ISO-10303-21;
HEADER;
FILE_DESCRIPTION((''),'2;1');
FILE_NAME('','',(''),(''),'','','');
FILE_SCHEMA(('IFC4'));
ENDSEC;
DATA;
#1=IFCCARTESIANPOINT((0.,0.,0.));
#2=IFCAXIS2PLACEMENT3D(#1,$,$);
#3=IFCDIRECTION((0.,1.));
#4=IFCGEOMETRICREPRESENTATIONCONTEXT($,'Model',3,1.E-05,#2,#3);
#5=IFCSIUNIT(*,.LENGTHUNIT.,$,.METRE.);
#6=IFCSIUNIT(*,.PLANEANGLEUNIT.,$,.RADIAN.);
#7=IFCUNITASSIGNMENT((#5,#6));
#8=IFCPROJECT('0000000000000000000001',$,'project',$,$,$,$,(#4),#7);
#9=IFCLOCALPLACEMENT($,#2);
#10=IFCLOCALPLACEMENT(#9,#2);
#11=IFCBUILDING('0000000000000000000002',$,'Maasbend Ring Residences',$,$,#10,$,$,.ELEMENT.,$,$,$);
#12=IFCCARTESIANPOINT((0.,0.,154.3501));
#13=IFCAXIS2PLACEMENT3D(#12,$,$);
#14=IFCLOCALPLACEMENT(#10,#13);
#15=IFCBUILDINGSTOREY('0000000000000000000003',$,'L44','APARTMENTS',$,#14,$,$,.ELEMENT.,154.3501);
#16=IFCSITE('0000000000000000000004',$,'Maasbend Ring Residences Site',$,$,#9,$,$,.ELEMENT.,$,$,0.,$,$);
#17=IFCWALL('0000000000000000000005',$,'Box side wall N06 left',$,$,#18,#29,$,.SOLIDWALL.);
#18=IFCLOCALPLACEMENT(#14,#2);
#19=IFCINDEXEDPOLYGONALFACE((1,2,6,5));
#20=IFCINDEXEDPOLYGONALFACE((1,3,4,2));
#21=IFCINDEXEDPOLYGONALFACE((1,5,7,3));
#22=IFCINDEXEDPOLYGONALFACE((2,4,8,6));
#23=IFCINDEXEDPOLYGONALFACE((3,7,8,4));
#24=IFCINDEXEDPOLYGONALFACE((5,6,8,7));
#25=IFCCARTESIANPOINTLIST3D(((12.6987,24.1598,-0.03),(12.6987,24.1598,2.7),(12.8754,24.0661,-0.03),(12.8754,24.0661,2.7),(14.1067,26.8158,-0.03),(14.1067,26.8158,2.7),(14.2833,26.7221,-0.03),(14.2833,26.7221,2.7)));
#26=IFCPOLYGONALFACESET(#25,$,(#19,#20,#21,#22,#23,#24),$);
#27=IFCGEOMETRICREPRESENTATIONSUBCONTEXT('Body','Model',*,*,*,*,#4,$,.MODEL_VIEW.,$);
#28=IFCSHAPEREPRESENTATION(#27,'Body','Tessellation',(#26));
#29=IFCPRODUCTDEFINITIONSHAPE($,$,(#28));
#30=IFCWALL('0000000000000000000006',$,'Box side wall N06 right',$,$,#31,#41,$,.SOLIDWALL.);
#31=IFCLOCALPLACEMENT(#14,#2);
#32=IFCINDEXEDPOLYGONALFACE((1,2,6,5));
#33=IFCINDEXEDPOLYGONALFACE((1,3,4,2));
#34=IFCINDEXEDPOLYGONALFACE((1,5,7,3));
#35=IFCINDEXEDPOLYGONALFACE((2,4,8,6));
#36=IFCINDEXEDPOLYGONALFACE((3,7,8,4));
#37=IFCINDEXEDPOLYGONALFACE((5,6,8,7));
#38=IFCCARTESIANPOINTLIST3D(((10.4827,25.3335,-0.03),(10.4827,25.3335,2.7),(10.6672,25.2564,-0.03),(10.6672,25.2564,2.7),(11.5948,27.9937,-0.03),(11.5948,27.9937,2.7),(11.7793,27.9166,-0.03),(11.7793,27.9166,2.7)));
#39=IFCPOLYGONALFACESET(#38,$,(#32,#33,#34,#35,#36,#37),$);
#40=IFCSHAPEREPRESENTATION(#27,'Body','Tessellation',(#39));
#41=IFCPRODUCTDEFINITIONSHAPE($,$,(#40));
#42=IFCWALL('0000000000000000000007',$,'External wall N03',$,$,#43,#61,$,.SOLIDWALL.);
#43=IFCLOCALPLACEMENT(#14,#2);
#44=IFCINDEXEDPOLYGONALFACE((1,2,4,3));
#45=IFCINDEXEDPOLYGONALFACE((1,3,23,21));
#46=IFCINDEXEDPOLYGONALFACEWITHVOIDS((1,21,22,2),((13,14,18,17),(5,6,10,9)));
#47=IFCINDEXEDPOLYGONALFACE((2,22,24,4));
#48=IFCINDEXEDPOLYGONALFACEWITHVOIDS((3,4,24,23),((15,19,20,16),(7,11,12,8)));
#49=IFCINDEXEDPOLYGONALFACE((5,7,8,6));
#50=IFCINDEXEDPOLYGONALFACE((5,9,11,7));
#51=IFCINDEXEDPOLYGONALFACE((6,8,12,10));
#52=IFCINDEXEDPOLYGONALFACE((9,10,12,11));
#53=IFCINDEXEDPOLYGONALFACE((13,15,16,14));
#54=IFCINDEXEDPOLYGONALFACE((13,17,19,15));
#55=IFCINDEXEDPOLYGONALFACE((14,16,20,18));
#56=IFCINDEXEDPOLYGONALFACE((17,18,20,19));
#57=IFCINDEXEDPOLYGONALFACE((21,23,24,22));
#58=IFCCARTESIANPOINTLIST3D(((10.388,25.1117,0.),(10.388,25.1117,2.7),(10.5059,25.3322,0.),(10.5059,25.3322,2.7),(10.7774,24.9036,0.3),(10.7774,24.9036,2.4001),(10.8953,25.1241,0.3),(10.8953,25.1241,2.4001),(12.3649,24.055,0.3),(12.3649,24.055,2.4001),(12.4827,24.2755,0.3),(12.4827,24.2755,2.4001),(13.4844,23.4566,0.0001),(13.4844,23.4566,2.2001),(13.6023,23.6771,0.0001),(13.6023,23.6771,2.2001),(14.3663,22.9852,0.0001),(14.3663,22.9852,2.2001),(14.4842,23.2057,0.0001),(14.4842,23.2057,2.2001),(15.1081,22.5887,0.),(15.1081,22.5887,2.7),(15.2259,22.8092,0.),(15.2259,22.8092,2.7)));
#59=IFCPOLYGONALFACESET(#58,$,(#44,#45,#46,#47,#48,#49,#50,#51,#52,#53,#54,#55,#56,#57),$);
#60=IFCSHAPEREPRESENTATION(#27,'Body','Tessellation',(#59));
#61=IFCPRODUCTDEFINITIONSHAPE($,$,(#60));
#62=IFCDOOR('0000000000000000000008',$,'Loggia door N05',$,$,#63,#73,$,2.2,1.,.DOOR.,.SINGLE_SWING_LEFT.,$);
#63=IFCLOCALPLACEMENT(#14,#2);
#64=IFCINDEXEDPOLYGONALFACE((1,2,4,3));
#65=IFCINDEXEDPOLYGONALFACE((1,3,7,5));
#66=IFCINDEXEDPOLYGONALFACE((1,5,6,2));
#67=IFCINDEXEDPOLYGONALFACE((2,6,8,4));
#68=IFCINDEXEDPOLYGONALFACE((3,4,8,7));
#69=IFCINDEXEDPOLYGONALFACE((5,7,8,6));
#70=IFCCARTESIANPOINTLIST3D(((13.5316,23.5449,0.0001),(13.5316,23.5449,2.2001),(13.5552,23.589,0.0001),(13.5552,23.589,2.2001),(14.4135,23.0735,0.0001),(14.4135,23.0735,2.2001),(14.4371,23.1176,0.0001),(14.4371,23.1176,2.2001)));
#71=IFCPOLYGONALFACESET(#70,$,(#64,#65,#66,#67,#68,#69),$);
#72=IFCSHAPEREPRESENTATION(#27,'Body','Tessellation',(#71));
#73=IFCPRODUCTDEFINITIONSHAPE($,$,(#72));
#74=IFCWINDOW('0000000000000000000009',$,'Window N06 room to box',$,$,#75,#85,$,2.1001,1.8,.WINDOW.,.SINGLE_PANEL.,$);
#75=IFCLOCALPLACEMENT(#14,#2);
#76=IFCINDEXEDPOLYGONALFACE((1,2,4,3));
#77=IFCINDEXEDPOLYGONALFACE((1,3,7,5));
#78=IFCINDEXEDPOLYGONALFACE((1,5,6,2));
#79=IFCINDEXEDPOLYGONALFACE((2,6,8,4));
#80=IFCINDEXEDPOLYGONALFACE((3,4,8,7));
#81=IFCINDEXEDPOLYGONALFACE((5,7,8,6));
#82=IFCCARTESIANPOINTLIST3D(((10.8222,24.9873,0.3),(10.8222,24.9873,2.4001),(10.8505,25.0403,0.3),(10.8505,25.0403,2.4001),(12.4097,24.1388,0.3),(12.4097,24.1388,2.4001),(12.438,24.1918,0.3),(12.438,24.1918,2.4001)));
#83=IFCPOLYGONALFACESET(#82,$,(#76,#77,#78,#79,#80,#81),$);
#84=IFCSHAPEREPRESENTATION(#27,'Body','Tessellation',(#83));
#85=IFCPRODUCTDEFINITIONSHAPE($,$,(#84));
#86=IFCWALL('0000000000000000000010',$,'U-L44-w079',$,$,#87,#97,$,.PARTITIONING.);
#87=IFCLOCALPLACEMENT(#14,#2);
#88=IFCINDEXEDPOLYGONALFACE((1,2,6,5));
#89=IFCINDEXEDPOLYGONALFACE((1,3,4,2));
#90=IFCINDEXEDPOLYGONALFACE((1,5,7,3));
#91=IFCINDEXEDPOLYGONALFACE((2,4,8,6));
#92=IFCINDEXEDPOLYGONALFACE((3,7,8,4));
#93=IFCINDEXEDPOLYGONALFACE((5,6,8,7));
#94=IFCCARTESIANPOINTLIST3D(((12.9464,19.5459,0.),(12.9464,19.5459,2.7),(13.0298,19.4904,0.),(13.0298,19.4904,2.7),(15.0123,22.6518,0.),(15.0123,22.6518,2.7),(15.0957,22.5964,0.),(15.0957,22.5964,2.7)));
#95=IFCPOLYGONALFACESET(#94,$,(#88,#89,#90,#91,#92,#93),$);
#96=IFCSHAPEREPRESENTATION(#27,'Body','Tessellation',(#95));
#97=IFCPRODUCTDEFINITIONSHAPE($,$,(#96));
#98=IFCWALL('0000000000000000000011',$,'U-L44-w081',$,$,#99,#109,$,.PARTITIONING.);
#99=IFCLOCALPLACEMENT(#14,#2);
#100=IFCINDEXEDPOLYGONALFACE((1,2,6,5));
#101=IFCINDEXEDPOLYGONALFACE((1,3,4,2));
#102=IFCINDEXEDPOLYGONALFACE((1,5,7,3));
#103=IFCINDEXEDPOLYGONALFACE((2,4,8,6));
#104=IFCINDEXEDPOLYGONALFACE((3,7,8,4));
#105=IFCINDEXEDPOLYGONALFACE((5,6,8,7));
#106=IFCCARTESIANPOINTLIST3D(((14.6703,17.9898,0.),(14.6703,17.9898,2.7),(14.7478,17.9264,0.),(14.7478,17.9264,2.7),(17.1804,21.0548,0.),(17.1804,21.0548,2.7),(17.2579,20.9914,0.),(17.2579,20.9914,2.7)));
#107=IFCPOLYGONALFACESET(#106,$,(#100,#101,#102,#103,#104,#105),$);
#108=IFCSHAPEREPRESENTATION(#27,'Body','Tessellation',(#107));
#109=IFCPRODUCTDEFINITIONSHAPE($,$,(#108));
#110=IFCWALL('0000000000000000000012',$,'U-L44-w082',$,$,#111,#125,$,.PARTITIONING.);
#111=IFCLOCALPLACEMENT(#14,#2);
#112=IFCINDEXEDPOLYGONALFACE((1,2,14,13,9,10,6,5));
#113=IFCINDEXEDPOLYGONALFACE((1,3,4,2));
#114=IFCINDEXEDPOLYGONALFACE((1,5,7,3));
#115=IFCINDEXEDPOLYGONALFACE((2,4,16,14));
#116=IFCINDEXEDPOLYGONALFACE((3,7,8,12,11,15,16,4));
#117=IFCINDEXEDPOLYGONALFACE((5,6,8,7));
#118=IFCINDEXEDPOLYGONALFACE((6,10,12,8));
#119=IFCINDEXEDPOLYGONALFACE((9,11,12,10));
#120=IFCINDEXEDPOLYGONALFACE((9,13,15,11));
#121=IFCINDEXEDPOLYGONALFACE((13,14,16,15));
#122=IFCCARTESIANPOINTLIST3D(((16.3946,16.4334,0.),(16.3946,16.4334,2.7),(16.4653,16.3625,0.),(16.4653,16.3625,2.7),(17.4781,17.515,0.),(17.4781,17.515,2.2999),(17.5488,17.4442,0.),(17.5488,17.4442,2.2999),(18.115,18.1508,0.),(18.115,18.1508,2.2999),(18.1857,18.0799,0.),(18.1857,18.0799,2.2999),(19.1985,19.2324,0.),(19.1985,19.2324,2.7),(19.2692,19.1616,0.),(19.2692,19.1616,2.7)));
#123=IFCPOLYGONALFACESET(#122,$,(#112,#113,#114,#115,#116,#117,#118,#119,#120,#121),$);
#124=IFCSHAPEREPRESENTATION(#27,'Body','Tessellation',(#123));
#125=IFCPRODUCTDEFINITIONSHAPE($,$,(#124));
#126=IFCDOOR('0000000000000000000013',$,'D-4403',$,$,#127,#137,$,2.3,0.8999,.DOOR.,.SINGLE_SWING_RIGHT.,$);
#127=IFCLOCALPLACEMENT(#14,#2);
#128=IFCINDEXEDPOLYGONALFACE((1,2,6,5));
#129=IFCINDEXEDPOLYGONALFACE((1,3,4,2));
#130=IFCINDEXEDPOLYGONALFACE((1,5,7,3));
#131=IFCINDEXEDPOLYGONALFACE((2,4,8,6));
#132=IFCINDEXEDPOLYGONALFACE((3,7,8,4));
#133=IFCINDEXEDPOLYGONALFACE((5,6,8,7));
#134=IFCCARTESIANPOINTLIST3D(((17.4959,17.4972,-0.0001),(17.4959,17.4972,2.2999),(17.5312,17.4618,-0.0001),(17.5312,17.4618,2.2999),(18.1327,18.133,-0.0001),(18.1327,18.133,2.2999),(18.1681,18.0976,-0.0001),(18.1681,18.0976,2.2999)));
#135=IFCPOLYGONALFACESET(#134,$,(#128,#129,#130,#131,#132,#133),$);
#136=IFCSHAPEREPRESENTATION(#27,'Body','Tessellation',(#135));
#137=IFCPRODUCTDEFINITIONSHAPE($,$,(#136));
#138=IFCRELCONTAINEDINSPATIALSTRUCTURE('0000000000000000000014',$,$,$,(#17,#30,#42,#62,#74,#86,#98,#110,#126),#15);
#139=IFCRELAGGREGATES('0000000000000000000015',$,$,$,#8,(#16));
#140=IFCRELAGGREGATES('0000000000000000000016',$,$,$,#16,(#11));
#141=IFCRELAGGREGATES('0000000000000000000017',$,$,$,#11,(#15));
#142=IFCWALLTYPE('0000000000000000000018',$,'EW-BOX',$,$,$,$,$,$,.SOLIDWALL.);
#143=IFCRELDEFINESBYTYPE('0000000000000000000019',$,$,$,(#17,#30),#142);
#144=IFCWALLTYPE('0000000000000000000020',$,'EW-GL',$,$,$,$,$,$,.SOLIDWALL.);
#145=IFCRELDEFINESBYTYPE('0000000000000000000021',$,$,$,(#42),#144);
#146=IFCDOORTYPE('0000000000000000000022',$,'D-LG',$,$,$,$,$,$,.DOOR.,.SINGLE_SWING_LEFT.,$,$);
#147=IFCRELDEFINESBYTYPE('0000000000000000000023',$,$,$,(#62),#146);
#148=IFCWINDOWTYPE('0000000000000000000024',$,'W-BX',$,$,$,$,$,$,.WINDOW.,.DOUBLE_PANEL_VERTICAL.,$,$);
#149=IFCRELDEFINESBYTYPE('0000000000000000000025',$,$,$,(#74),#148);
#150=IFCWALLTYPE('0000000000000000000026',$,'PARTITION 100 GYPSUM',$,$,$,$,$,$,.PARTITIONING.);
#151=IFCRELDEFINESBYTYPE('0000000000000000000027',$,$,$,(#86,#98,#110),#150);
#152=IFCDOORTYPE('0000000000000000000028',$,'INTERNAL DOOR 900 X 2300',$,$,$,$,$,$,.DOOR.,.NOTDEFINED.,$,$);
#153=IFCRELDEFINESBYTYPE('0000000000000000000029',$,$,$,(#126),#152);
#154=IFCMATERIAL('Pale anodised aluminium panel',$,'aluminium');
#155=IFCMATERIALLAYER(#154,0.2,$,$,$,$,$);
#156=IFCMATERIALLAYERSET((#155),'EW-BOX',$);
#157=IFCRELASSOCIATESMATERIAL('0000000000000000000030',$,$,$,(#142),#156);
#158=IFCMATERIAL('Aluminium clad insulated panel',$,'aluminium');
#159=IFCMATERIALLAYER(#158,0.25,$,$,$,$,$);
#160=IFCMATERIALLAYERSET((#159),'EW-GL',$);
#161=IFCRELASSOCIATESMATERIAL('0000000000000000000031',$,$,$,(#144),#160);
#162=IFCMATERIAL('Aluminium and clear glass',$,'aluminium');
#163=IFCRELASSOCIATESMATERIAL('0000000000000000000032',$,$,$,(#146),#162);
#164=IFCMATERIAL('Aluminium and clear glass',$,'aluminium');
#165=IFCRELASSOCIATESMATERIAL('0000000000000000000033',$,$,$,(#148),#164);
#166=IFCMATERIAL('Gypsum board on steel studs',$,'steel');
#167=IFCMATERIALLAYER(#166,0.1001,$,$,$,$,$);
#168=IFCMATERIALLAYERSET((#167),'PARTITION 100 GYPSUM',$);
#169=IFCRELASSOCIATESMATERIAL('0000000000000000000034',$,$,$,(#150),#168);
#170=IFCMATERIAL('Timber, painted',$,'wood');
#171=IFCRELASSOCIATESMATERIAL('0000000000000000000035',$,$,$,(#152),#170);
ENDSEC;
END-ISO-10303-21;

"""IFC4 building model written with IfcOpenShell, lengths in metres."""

from ifc_helpers import new_model, si_unit, direction, frame, frame_2d, origin, place, context, subcontext, project, spatial, rectangle, extrude, material, layer, layer_set, type_object, element, fill, save


model = new_model("IFC4")

# Units and contexts
model_context = context("Model", 3, precision=1e-05, world=origin(), true_north=direction((0.0, 1.0)))
body_context = subcontext(model_context, "Body", "Model", "MODEL_VIEW")
ifc_project = project(units=[si_unit("LENGTHUNIT", "METRE"), si_unit("PLANEANGLEUNIT", "RADIAN")], contexts=[model_context])

# Site, building, storey
site_placement = place(None, origin())
site = spatial("IfcSite", under=ifc_project, at=site_placement, Name="Maasbend Ring Residences Site", CompositionType="ELEMENT", RefElevation=0.0)
building_placement = place(site_placement, origin())
building = spatial("IfcBuilding", under=site, at=building_placement, Name="Maasbend Ring Residences", CompositionType="ELEMENT")
storey_placement = place(building_placement, frame((0.0, 0.0, 154.3501)))
storey = spatial("IfcBuildingStorey", under=building, at=storey_placement, Name="L44", Description="APARTMENTS", CompositionType="ELEMENT", Elevation=154.3501)

# Shared definitions
ifc_material_1 = material(Name="Pale anodised aluminium panel", Category="aluminium")
ifc_layer_1 = layer(ifc_material_1, 0.2)
ifc_layer_set_1 = layer_set([ifc_layer_1], Name="EW-BOX")
wall_type_1 = type_object("IfcWallType", Name="EW-BOX", PredefinedType="SOLIDWALL", material=ifc_layer_set_1)

# Walls
wall_1_placement = place(storey_placement, frame((12.7871, 24.113, -0.03), z_axis=(0.0, 0.0, 1.0), x_axis=(0.468365, 0.883535, 0.0)))
element("IfcWall", 1, at=wall_1_placement, inside=storey, type_object=wall_type_1, Name="Box side wall N06 left", PredefinedType="SOLIDWALL", context=body_context, shape_type="SweptSolid", body=[
    extrude(rectangle(XDim=3.0061, YDim=0.2, at=frame_2d((1.5029, 0.0))), origin(), (0.0, 0.0, 1.0), 2.73),
])
wall_2_placement = place(storey_placement, frame((10.575, 25.2949, -0.03), z_axis=(0.0, 0.0, 1.0), x_axis=(0.385697, 0.922625, 0.0)))
element("IfcWall", 2, at=wall_2_placement, inside=storey, type_object=wall_type_1, Name="Box side wall N06 right", PredefinedType="SOLIDWALL", context=body_context, shape_type="SweptSolid", body=[
    extrude(rectangle(XDim=2.8833, YDim=0.2, at=frame_2d((1.4417, 0.0))), origin(), (0.0, 0.0, 1.0), 2.73),
])

# Wall, openings, door, window
ifc_material_2 = material(Name="Aluminium clad insulated panel", Category="aluminium")
ifc_layer_2 = layer(ifc_material_2, 0.25)
ifc_layer_set_2 = layer_set([ifc_layer_2], Name="EW-GL")
wall_type_2 = type_object("IfcWallType", Name="EW-GL", PredefinedType="SOLIDWALL", material=ifc_layer_set_2)
wall_3_placement = place(storey_placement, frame((15.167, 22.699, 0.0), z_axis=(0.0, 0.0, 1.0), x_axis=(-0.881916, 0.471407, 0.0)))
wall_3 = element("IfcWall", 3, at=wall_3_placement, inside=storey, type_object=wall_type_2, Name="External wall N03", PredefinedType="SOLIDWALL", context=body_context, shape_type="SweptSolid", body=[
    extrude(rectangle(XDim=5.3521, YDim=0.25, at=frame_2d((2.676, 0.0))), origin(), (0.0, 0.0, 1.0), 2.7),
])
opening_1_placement = place(wall_3_placement, frame((0.8411, 0.0, 0.0)))
opening_1 = element("IfcOpeningElement", 4, at=opening_1_placement, cuts=wall_3, PredefinedType="OPENING", context=body_context, shape_type="SweptSolid", body=[
    extrude(rectangle(XDim=1.0, YDim=2.2, at=frame_2d((0.5, 1.1001))), frame((0.0, 0.135, 0.0), z_axis=(0.0, -1.0, 0.0), x_axis=(1.0, 0.0, 0.0)), (0.0, 0.0, 1.0), 0.27),
])
opening_2_placement = place(wall_3_placement, frame((3.1106, 0.0, 0.3)))
opening_2 = element("IfcOpeningElement", 5, at=opening_2_placement, cuts=wall_3, PredefinedType="OPENING", context=body_context, shape_type="SweptSolid", body=[
    extrude(rectangle(XDim=1.8, YDim=2.1001, at=frame_2d((0.8999, 1.05))), frame((0.0, 0.135, 0.0), z_axis=(0.0, -1.0, 0.0), x_axis=(1.0, 0.0, 0.0)), (0.0, 0.0, 1.0), 0.27),
])
ifc_material_3 = material(Name="Aluminium and clear glass", Category="aluminium")
door_type_1 = type_object("IfcDoorType", Name="D-LG", OperationType="SINGLE_SWING_LEFT", PredefinedType="DOOR", material=ifc_material_3)
door_1_placement = place(opening_1_placement, origin())
door_1 = element("IfcDoor", 6, at=door_1_placement, inside=storey, type_object=door_type_1, Name="Loggia door N05", OperationType="SINGLE_SWING_LEFT", OverallHeight=2.2, OverallWidth=1.0, PredefinedType="DOOR", context=body_context, shape_type="SweptSolid", body=[
    extrude(rectangle(XDim=1.0, YDim=2.2, at=frame_2d((0.5, 1.1001))), frame((0.0, 0.0249, 0.0), z_axis=(0.0, -1.0, 0.0), x_axis=(1.0, 0.0, 0.0)), (0.0, 0.0, 1.0), 0.05),
])
fill(opening_1, door_1)
ifc_material_4 = material(Name="Aluminium and clear glass", Category="aluminium")
window_type_1 = type_object("IfcWindowType", Name="W-BX", PartitioningType="DOUBLE_PANEL_VERTICAL", PredefinedType="WINDOW", material=ifc_material_4)
window_1_placement = place(opening_2_placement, origin())
window_1 = element("IfcWindow", 7, at=window_1_placement, inside=storey, type_object=window_type_1, Name="Window N06 room to box", OverallHeight=2.1001, OverallWidth=1.8, PartitioningType="SINGLE_PANEL", PredefinedType="WINDOW", context=body_context, shape_type="SweptSolid", body=[
    extrude(rectangle(XDim=1.8, YDim=2.1001, at=frame_2d((0.8999, 1.05))), frame((0.0, 0.03, 0.0), z_axis=(0.0, -1.0, 0.0), x_axis=(1.0, 0.0, 0.0)), (0.0, 0.0, 1.0), 0.0601),
])
fill(opening_2, window_1)

# Walls
ifc_material_5 = material(Name="Gypsum board on steel studs", Category="steel")
ifc_layer_3 = layer(ifc_material_5, 0.1001)
ifc_layer_set_3 = layer_set([ifc_layer_3], Name="PARTITION 100 GYPSUM")
wall_type_3 = type_object("IfcWallType", Name="PARTITION 100 GYPSUM", PredefinedType="PARTITIONING", material=ifc_layer_set_3)
wall_4_placement = place(storey_placement, frame((12.988, 19.5181, 0.0), z_axis=(0.0, 0.0, 1.0), x_axis=(0.553824, 0.832634, 0.0)))
element("IfcWall", 8, at=wall_4_placement, inside=storey, type_object=wall_type_3, Name="U-L44-w079", PredefinedType="PARTITIONING", context=body_context, shape_type="SweptSolid", body=[
    extrude(rectangle(XDim=3.7302, YDim=0.1001, at=frame_2d((1.8652, 0.0))), origin(), (0.0, 0.0, 1.0), 2.7),
])
wall_5_placement = place(storey_placement, frame((14.709, 17.958, 0.0), z_axis=(0.0, 0.0, 1.0), x_axis=(0.63359, 0.773669, 0.0)))
element("IfcWall", 9, at=wall_5_placement, inside=storey, type_object=wall_type_3, Name="U-L44-w081", PredefinedType="PARTITIONING", context=body_context, shape_type="SweptSolid", body=[
    extrude(rectangle(XDim=3.9617, YDim=0.1001, at=frame_2d((1.981, 0.0))), origin(), (0.0, 0.0, 1.0), 2.7),
])

# Wall, opening, door
wall_6_placement = place(storey_placement, frame((16.4299, 16.3979, 0.0), z_axis=(0.0, 0.0, 1.0), x_axis=(0.707723, 0.70649, 0.0)))
wall_6 = element("IfcWall", 10, at=wall_6_placement, inside=storey, type_object=wall_type_3, Name="U-L44-w082", PredefinedType="PARTITIONING", context=body_context, shape_type="SweptSolid", body=[
    extrude(rectangle(XDim=3.9619, YDim=0.1001, at=frame_2d((1.981, 0.0))), origin(), (0.0, 0.0, 1.0), 2.7),
])
opening_3_placement = place(wall_6_placement, frame((1.531, 0.0, 0.0)))
opening_3 = element("IfcOpeningElement", 11, at=opening_3_placement, cuts=wall_6, PredefinedType="OPENING", context=body_context, shape_type="SweptSolid", body=[
    extrude(rectangle(XDim=0.8999, YDim=2.3, at=frame_2d((0.45, 1.1499))), frame((0.0, 0.0601, 0.0), z_axis=(0.0, -1.0, 0.0), x_axis=(1.0, 0.0, 0.0)), (0.0, 0.0, 1.0), 0.1201),
])
ifc_material_6 = material(Name="Timber, painted", Category="wood")
door_type_2 = type_object("IfcDoorType", Name="INTERNAL DOOR 900 X 2300", OperationType="NOTDEFINED", PredefinedType="DOOR", material=ifc_material_6)
door_2_placement = place(opening_3_placement, origin())
door_2 = element("IfcDoor", 12, at=door_2_placement, inside=storey, type_object=door_type_2, Name="D-4403", OperationType="SINGLE_SWING_RIGHT", OverallHeight=2.3, OverallWidth=0.8999, PredefinedType="DOOR", context=body_context, shape_type="SweptSolid", body=[
    extrude(rectangle(XDim=0.8999, YDim=2.3, at=frame_2d((0.45, 1.1499))), frame((0.0, 0.0249, 0.0), z_axis=(0.0, -1.0, 0.0), x_axis=(1.0, 0.0, 0.0)), (0.0, 0.0, 1.0), 0.05),
])
fill(opening_3, door_2)

save(model, "model.ifc")
